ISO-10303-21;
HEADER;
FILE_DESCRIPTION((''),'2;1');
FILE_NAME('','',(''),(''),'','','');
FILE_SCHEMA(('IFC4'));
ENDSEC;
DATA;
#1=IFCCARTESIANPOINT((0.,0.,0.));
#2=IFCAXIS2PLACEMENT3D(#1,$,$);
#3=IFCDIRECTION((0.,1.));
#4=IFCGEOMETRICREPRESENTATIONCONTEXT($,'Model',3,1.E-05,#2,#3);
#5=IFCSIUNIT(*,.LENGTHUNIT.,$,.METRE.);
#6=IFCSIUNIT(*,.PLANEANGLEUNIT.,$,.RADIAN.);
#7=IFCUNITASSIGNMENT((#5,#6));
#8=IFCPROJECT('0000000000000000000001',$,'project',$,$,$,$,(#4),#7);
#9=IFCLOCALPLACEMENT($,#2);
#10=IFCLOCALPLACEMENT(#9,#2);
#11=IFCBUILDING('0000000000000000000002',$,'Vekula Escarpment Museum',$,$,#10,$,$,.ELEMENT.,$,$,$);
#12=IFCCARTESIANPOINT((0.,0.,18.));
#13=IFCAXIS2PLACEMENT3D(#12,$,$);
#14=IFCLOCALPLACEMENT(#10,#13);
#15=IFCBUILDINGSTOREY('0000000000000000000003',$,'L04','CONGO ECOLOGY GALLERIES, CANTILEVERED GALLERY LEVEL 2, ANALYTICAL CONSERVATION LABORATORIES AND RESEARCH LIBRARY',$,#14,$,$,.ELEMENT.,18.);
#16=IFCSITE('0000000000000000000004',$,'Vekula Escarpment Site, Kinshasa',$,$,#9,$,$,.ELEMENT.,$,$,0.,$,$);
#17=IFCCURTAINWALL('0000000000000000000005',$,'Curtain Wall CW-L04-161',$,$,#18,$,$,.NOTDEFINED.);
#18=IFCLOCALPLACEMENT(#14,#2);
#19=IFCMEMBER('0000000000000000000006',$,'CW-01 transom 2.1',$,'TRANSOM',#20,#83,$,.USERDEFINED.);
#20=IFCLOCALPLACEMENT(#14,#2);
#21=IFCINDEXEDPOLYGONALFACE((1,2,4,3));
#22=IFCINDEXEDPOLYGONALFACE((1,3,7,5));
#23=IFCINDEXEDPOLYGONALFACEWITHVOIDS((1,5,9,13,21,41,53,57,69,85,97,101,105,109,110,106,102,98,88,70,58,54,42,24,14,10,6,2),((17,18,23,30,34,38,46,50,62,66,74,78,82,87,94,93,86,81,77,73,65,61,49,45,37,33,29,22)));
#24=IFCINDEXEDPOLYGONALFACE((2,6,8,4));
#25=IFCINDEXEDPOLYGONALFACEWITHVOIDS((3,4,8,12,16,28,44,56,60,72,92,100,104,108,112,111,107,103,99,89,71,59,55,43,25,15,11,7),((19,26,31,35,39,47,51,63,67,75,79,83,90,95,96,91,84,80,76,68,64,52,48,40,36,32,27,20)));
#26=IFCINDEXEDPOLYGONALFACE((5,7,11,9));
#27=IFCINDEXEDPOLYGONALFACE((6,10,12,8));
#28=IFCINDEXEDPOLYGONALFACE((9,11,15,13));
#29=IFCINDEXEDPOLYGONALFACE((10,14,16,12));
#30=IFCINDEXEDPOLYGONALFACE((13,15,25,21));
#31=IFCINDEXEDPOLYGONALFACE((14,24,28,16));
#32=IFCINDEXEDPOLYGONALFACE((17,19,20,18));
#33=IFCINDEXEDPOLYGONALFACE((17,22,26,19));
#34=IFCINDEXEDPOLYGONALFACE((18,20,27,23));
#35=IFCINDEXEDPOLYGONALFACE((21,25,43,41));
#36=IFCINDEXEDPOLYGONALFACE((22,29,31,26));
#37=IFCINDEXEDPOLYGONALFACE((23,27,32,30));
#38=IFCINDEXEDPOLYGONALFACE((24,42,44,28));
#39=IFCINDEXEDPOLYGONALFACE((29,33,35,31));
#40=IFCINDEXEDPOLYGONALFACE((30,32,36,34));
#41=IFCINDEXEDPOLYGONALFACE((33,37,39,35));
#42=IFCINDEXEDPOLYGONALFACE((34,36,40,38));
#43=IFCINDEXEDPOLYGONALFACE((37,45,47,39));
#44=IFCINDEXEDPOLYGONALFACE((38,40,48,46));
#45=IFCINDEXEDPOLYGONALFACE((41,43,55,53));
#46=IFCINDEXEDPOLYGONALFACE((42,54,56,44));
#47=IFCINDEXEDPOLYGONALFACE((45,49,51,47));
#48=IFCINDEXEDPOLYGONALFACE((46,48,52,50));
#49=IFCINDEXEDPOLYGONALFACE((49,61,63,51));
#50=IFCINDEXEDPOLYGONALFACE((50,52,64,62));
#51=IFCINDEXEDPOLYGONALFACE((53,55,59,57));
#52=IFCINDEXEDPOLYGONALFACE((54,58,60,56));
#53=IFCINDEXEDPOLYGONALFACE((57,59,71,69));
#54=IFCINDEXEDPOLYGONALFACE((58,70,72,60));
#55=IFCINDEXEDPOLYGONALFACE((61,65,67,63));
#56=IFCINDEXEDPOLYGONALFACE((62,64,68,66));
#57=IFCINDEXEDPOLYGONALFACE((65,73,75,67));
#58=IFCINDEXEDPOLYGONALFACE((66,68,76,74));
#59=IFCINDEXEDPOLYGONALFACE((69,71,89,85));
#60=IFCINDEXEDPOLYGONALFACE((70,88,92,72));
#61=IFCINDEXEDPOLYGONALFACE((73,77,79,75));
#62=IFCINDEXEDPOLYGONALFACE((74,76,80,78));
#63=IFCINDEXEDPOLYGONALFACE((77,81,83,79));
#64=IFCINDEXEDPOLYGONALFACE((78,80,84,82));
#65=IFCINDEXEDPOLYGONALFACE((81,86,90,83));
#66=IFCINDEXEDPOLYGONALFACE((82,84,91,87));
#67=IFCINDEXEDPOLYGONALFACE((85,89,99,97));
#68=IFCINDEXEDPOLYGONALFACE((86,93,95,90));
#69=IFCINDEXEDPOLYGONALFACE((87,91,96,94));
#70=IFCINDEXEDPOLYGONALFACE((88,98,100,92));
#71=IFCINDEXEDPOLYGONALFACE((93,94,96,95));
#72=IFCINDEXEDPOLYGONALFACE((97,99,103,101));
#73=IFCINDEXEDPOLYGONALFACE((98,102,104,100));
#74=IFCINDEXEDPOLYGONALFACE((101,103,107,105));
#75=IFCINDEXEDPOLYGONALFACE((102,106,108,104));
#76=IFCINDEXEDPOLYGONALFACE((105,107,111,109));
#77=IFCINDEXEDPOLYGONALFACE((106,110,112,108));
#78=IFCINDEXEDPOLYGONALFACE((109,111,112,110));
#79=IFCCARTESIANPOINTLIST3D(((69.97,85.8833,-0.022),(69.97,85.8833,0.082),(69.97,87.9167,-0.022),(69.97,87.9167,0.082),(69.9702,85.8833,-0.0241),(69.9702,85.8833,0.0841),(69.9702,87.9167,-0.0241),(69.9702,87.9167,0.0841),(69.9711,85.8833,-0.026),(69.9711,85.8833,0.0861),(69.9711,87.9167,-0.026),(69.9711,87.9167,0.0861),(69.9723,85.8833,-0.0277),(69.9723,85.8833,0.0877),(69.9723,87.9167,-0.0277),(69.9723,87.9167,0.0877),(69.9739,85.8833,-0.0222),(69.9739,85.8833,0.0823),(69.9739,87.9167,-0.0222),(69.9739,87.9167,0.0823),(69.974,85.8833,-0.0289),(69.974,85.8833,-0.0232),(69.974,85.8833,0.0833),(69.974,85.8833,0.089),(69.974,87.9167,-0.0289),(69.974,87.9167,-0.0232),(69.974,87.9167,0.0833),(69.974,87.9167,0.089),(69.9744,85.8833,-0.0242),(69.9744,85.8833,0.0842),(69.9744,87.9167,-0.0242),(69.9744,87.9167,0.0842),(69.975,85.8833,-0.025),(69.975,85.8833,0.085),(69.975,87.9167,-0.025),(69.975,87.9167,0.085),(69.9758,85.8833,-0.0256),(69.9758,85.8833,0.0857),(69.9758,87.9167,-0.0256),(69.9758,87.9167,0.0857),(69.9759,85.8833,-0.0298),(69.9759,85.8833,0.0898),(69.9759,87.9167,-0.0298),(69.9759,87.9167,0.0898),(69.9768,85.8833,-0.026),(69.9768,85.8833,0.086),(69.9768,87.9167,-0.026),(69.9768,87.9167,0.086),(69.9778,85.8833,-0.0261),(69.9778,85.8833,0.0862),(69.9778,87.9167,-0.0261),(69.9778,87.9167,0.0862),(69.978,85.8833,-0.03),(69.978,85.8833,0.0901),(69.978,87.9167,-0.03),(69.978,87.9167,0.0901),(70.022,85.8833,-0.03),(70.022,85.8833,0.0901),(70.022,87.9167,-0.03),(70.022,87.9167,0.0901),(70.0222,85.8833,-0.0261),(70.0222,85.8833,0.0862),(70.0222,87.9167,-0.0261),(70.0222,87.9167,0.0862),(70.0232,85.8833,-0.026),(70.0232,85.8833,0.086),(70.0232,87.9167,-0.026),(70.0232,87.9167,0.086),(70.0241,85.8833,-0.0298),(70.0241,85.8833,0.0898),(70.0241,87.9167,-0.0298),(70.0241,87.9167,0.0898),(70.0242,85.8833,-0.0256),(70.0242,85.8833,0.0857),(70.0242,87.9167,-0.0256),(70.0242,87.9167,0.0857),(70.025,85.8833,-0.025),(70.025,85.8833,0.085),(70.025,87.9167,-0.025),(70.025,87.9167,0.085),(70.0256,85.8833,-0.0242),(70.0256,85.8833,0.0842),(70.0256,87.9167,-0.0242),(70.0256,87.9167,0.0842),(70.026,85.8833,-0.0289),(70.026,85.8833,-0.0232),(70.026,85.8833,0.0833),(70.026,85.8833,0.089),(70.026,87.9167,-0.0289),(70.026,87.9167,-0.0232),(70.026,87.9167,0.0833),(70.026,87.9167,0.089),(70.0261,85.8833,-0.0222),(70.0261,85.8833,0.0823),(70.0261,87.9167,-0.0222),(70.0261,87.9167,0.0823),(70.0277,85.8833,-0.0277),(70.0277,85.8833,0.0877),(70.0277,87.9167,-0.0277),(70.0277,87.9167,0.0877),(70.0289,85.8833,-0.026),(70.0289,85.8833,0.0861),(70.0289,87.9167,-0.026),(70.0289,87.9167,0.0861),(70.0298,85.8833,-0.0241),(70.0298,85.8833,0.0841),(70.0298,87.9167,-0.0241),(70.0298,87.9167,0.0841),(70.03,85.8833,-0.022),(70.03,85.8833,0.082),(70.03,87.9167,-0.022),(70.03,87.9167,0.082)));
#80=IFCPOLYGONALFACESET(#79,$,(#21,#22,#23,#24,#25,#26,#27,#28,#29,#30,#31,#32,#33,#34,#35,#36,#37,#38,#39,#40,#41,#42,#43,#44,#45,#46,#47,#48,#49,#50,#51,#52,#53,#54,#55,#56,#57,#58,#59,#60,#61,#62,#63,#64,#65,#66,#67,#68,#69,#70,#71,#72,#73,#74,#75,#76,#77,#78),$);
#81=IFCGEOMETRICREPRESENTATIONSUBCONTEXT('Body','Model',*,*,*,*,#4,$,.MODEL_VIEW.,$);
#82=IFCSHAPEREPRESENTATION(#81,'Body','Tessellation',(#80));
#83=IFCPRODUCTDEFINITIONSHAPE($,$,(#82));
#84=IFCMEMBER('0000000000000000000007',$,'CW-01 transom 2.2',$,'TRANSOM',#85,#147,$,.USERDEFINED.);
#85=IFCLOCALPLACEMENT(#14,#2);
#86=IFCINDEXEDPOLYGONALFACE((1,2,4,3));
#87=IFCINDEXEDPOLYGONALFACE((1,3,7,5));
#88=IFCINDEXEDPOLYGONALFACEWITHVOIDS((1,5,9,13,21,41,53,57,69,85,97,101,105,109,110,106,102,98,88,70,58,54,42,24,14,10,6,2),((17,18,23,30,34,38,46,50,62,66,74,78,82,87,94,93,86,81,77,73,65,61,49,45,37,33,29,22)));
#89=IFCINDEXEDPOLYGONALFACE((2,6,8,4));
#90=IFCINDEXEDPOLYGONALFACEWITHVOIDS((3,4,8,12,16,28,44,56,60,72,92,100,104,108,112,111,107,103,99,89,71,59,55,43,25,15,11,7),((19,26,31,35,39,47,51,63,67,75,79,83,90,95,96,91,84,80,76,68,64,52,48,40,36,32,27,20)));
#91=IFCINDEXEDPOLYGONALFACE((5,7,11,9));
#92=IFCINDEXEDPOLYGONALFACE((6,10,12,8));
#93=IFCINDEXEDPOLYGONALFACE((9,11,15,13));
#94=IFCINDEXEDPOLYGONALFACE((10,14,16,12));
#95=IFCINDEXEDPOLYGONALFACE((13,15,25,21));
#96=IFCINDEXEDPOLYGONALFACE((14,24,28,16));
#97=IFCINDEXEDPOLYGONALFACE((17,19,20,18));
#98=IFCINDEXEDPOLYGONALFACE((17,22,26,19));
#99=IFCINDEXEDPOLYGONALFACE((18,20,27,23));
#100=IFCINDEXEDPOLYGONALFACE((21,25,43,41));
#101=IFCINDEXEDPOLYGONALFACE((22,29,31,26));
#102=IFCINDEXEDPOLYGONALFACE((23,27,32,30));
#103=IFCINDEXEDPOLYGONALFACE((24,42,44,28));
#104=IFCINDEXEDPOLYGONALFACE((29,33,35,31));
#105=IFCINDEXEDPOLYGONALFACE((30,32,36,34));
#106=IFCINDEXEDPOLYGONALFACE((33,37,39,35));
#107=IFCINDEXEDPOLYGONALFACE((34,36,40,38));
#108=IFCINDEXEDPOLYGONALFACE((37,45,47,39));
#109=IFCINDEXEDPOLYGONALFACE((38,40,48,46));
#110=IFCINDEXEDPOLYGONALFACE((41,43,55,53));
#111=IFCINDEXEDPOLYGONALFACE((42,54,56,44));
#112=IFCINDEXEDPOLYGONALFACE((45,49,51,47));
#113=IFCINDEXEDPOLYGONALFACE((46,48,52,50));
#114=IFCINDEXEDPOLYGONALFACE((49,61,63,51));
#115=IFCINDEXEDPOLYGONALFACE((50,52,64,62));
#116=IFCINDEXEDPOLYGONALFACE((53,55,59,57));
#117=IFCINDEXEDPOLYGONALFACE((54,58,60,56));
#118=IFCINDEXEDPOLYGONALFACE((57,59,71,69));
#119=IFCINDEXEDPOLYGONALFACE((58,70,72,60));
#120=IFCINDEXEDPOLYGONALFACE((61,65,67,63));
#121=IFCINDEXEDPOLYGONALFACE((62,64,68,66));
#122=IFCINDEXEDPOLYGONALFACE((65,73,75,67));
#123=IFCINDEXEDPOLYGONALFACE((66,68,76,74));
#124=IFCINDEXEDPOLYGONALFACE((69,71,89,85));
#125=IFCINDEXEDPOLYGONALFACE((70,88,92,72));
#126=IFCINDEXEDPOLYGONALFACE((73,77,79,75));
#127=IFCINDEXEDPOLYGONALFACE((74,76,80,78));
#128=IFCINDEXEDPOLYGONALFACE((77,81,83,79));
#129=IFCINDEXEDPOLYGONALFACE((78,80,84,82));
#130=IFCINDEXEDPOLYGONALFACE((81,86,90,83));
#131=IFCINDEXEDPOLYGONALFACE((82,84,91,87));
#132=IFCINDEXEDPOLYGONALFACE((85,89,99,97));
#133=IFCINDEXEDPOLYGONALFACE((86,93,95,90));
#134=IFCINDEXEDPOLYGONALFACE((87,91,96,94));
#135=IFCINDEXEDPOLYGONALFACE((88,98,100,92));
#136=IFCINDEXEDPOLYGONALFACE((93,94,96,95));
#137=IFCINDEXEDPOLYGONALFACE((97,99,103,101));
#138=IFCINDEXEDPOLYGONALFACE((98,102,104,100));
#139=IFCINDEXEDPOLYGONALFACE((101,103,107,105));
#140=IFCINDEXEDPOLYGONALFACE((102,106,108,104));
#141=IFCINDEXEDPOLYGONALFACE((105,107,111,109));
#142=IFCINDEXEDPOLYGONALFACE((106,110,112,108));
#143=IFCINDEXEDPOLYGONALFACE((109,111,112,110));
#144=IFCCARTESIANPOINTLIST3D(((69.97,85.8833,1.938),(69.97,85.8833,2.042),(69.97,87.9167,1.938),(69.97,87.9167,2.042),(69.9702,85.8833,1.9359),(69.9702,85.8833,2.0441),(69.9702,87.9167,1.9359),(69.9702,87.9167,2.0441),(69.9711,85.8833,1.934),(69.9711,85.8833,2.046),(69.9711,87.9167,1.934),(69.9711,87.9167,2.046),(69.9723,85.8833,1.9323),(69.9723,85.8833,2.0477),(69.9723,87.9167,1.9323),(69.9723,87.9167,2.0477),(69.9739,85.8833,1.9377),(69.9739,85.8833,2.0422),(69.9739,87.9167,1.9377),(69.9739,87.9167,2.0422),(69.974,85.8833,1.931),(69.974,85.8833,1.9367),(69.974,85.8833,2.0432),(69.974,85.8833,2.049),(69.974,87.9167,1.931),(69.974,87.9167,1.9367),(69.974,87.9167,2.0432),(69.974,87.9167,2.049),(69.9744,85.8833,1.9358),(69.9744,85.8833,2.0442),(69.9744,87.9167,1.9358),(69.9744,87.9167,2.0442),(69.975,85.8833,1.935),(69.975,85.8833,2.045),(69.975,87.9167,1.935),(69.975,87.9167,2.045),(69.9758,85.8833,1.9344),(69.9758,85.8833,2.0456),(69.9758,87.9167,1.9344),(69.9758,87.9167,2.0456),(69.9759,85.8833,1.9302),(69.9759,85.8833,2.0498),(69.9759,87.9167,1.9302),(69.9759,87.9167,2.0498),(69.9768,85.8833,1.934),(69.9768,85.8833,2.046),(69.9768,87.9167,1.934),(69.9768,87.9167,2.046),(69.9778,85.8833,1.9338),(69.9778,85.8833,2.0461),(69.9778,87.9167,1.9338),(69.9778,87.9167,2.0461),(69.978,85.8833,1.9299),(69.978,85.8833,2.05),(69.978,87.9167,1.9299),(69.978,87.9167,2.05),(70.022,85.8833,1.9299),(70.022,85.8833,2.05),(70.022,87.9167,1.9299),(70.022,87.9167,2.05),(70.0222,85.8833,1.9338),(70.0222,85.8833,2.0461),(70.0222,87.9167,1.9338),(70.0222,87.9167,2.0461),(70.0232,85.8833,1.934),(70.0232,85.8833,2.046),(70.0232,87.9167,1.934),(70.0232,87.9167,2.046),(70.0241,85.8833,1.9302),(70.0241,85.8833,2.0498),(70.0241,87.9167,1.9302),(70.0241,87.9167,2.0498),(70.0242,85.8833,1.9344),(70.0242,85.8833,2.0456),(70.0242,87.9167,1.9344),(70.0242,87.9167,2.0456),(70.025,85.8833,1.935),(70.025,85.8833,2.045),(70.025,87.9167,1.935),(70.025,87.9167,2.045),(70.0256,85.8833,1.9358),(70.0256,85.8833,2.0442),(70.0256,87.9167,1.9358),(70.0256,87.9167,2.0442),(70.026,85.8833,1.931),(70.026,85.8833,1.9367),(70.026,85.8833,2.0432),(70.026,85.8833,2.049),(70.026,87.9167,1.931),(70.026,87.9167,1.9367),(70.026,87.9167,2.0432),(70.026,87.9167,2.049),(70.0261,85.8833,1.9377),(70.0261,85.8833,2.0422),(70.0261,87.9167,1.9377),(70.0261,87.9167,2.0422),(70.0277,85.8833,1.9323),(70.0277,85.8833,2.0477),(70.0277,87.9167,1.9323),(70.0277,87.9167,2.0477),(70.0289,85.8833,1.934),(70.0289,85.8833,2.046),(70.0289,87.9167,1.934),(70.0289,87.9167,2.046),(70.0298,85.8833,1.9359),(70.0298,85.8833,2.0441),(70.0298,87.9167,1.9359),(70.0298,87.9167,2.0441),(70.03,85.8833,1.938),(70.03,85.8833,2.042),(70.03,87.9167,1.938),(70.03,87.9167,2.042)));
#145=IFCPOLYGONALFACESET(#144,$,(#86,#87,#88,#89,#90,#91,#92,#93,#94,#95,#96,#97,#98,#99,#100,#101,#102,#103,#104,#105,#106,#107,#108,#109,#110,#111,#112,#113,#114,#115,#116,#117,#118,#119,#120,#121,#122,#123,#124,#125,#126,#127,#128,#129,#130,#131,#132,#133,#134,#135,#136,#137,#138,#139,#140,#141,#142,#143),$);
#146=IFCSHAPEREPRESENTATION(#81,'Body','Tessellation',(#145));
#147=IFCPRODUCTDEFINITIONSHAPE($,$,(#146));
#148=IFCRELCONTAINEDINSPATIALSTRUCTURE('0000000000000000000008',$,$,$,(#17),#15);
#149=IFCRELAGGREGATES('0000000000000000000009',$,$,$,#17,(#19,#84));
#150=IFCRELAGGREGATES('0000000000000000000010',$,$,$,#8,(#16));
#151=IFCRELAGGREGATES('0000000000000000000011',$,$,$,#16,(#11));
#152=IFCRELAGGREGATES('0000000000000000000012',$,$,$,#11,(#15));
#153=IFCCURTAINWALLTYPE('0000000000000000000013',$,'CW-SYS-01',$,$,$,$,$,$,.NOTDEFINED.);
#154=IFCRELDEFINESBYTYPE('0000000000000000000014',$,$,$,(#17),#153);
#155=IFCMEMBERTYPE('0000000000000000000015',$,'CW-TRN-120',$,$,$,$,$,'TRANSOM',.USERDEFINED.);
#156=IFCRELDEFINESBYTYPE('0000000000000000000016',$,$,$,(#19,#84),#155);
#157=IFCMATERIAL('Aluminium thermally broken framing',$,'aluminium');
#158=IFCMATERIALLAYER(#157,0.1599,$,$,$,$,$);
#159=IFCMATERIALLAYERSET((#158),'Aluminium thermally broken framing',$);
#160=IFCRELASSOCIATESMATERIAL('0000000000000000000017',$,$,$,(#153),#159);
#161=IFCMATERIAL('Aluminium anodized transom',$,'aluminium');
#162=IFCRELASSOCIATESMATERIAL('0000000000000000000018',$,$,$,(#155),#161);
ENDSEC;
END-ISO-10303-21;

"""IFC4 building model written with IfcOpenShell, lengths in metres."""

from ifc_helpers import new_model, si_unit, direction, frame, origin, origin_2d, place, context, subcontext, project, spatial, hollow_rectangle, extrude, material, layer, layer_set, material_profile, profile_set, type_object, element, aggregate, save


model = new_model("IFC4")

# Units and contexts
model_context = context("Model", 3, precision=1e-05, world=origin(), true_north=direction((0.0, 1.0)))
body_context = subcontext(model_context, "Body", "Model", "MODEL_VIEW")
ifc_project = project(units=[si_unit("LENGTHUNIT", "METRE"), si_unit("PLANEANGLEUNIT", "RADIAN")], contexts=[model_context])

# Site, building, storey
site_placement = place(None, origin())
site = spatial("IfcSite", under=ifc_project, at=site_placement, Name="Vekula Escarpment Site, Kinshasa", CompositionType="ELEMENT", RefElevation=0.0)
building_placement = place(site_placement, origin())
building = spatial("IfcBuilding", under=site, at=building_placement, Name="Vekula Escarpment Museum", CompositionType="ELEMENT")
storey_placement = place(building_placement, frame((0.0, 0.0, 18.0)))
storey = spatial("IfcBuildingStorey", under=building, at=storey_placement, Name="L04", Description="CONGO ECOLOGY GALLERIES, CANTILEVERED GALLERY LEVEL 2, ANALYTICAL CONSERVATION LABORATORIES AND RESEARCH LIBRARY", CompositionType="ELEMENT", Elevation=18.0)

# Curtain wall, members
ifc_material_1 = material(Name="Aluminium thermally broken framing", Category="aluminium")
ifc_layer_1 = layer(ifc_material_1, 0.1599)
ifc_layer_set_1 = layer_set([ifc_layer_1], Name="Aluminium thermally broken framing")
curtain_wall_type = type_object("IfcCurtainWallType", Name="CW-SYS-01", PredefinedType="NOTDEFINED", material=ifc_layer_set_1)
curtain_wall_placement = place(storey_placement, origin())
curtain_wall = element("IfcCurtainWall", 1, at=curtain_wall_placement, inside=storey, type_object=curtain_wall_type, Name="Curtain Wall CW-L04-161", PredefinedType="NOTDEFINED")
ifc_material_2 = material(Name="Aluminium anodized transom", Category="aluminium")
ifc_material_profile_1 = material_profile(ifc_material_2, hollow_rectangle(XDim=0.0601, YDim=0.1201, WallThickness=0.0039, InnerFilletRadius=0.0039, OuterFilletRadius=0.0081, at=origin_2d()), Name="ALU 120x60x4")
ifc_profile_set_1 = profile_set([ifc_material_profile_1], Name="Aluminium anodized transom")
member_type_1 = type_object("IfcMemberType", Name="CW-TRN-120", ElementType="TRANSOM", PredefinedType="USERDEFINED", material=ifc_profile_set_1)
member_1_placement = place(storey_placement, frame((70.0, 87.9167, 0.03), z_axis=(0.0, -1.0, 0.0), x_axis=(1.0, 0.0, 0.0)))
member_1 = element("IfcMember", 2, at=member_1_placement, type_object=member_type_1, Name="CW-01 transom 2.1", ObjectType="TRANSOM", PredefinedType="USERDEFINED", context=body_context, shape_type="SweptSolid", body=[
    extrude(hollow_rectangle(XDim=0.0601, YDim=0.1201, WallThickness=0.0039, InnerFilletRadius=0.0039, OuterFilletRadius=0.0081, at=origin_2d()), origin(), (0.0, 0.0, 1.0), 2.0334),
])
member_2_placement = place(storey_placement, frame((70.0, 87.9167, 1.99), z_axis=(0.0, -1.0, 0.0), x_axis=(1.0, 0.0, 0.0)))
member_2 = element("IfcMember", 3, at=member_2_placement, type_object=member_type_1, Name="CW-01 transom 2.2", ObjectType="TRANSOM", PredefinedType="USERDEFINED", context=body_context, shape_type="SweptSolid", body=[
    extrude(hollow_rectangle(XDim=0.0601, YDim=0.1201, WallThickness=0.0039, InnerFilletRadius=0.0039, OuterFilletRadius=0.0081, at=origin_2d()), origin(), (0.0, 0.0, 1.0), 2.0334),
])

aggregate(curtain_wall, [member_1, member_2])

save(model, "model.ifc")
